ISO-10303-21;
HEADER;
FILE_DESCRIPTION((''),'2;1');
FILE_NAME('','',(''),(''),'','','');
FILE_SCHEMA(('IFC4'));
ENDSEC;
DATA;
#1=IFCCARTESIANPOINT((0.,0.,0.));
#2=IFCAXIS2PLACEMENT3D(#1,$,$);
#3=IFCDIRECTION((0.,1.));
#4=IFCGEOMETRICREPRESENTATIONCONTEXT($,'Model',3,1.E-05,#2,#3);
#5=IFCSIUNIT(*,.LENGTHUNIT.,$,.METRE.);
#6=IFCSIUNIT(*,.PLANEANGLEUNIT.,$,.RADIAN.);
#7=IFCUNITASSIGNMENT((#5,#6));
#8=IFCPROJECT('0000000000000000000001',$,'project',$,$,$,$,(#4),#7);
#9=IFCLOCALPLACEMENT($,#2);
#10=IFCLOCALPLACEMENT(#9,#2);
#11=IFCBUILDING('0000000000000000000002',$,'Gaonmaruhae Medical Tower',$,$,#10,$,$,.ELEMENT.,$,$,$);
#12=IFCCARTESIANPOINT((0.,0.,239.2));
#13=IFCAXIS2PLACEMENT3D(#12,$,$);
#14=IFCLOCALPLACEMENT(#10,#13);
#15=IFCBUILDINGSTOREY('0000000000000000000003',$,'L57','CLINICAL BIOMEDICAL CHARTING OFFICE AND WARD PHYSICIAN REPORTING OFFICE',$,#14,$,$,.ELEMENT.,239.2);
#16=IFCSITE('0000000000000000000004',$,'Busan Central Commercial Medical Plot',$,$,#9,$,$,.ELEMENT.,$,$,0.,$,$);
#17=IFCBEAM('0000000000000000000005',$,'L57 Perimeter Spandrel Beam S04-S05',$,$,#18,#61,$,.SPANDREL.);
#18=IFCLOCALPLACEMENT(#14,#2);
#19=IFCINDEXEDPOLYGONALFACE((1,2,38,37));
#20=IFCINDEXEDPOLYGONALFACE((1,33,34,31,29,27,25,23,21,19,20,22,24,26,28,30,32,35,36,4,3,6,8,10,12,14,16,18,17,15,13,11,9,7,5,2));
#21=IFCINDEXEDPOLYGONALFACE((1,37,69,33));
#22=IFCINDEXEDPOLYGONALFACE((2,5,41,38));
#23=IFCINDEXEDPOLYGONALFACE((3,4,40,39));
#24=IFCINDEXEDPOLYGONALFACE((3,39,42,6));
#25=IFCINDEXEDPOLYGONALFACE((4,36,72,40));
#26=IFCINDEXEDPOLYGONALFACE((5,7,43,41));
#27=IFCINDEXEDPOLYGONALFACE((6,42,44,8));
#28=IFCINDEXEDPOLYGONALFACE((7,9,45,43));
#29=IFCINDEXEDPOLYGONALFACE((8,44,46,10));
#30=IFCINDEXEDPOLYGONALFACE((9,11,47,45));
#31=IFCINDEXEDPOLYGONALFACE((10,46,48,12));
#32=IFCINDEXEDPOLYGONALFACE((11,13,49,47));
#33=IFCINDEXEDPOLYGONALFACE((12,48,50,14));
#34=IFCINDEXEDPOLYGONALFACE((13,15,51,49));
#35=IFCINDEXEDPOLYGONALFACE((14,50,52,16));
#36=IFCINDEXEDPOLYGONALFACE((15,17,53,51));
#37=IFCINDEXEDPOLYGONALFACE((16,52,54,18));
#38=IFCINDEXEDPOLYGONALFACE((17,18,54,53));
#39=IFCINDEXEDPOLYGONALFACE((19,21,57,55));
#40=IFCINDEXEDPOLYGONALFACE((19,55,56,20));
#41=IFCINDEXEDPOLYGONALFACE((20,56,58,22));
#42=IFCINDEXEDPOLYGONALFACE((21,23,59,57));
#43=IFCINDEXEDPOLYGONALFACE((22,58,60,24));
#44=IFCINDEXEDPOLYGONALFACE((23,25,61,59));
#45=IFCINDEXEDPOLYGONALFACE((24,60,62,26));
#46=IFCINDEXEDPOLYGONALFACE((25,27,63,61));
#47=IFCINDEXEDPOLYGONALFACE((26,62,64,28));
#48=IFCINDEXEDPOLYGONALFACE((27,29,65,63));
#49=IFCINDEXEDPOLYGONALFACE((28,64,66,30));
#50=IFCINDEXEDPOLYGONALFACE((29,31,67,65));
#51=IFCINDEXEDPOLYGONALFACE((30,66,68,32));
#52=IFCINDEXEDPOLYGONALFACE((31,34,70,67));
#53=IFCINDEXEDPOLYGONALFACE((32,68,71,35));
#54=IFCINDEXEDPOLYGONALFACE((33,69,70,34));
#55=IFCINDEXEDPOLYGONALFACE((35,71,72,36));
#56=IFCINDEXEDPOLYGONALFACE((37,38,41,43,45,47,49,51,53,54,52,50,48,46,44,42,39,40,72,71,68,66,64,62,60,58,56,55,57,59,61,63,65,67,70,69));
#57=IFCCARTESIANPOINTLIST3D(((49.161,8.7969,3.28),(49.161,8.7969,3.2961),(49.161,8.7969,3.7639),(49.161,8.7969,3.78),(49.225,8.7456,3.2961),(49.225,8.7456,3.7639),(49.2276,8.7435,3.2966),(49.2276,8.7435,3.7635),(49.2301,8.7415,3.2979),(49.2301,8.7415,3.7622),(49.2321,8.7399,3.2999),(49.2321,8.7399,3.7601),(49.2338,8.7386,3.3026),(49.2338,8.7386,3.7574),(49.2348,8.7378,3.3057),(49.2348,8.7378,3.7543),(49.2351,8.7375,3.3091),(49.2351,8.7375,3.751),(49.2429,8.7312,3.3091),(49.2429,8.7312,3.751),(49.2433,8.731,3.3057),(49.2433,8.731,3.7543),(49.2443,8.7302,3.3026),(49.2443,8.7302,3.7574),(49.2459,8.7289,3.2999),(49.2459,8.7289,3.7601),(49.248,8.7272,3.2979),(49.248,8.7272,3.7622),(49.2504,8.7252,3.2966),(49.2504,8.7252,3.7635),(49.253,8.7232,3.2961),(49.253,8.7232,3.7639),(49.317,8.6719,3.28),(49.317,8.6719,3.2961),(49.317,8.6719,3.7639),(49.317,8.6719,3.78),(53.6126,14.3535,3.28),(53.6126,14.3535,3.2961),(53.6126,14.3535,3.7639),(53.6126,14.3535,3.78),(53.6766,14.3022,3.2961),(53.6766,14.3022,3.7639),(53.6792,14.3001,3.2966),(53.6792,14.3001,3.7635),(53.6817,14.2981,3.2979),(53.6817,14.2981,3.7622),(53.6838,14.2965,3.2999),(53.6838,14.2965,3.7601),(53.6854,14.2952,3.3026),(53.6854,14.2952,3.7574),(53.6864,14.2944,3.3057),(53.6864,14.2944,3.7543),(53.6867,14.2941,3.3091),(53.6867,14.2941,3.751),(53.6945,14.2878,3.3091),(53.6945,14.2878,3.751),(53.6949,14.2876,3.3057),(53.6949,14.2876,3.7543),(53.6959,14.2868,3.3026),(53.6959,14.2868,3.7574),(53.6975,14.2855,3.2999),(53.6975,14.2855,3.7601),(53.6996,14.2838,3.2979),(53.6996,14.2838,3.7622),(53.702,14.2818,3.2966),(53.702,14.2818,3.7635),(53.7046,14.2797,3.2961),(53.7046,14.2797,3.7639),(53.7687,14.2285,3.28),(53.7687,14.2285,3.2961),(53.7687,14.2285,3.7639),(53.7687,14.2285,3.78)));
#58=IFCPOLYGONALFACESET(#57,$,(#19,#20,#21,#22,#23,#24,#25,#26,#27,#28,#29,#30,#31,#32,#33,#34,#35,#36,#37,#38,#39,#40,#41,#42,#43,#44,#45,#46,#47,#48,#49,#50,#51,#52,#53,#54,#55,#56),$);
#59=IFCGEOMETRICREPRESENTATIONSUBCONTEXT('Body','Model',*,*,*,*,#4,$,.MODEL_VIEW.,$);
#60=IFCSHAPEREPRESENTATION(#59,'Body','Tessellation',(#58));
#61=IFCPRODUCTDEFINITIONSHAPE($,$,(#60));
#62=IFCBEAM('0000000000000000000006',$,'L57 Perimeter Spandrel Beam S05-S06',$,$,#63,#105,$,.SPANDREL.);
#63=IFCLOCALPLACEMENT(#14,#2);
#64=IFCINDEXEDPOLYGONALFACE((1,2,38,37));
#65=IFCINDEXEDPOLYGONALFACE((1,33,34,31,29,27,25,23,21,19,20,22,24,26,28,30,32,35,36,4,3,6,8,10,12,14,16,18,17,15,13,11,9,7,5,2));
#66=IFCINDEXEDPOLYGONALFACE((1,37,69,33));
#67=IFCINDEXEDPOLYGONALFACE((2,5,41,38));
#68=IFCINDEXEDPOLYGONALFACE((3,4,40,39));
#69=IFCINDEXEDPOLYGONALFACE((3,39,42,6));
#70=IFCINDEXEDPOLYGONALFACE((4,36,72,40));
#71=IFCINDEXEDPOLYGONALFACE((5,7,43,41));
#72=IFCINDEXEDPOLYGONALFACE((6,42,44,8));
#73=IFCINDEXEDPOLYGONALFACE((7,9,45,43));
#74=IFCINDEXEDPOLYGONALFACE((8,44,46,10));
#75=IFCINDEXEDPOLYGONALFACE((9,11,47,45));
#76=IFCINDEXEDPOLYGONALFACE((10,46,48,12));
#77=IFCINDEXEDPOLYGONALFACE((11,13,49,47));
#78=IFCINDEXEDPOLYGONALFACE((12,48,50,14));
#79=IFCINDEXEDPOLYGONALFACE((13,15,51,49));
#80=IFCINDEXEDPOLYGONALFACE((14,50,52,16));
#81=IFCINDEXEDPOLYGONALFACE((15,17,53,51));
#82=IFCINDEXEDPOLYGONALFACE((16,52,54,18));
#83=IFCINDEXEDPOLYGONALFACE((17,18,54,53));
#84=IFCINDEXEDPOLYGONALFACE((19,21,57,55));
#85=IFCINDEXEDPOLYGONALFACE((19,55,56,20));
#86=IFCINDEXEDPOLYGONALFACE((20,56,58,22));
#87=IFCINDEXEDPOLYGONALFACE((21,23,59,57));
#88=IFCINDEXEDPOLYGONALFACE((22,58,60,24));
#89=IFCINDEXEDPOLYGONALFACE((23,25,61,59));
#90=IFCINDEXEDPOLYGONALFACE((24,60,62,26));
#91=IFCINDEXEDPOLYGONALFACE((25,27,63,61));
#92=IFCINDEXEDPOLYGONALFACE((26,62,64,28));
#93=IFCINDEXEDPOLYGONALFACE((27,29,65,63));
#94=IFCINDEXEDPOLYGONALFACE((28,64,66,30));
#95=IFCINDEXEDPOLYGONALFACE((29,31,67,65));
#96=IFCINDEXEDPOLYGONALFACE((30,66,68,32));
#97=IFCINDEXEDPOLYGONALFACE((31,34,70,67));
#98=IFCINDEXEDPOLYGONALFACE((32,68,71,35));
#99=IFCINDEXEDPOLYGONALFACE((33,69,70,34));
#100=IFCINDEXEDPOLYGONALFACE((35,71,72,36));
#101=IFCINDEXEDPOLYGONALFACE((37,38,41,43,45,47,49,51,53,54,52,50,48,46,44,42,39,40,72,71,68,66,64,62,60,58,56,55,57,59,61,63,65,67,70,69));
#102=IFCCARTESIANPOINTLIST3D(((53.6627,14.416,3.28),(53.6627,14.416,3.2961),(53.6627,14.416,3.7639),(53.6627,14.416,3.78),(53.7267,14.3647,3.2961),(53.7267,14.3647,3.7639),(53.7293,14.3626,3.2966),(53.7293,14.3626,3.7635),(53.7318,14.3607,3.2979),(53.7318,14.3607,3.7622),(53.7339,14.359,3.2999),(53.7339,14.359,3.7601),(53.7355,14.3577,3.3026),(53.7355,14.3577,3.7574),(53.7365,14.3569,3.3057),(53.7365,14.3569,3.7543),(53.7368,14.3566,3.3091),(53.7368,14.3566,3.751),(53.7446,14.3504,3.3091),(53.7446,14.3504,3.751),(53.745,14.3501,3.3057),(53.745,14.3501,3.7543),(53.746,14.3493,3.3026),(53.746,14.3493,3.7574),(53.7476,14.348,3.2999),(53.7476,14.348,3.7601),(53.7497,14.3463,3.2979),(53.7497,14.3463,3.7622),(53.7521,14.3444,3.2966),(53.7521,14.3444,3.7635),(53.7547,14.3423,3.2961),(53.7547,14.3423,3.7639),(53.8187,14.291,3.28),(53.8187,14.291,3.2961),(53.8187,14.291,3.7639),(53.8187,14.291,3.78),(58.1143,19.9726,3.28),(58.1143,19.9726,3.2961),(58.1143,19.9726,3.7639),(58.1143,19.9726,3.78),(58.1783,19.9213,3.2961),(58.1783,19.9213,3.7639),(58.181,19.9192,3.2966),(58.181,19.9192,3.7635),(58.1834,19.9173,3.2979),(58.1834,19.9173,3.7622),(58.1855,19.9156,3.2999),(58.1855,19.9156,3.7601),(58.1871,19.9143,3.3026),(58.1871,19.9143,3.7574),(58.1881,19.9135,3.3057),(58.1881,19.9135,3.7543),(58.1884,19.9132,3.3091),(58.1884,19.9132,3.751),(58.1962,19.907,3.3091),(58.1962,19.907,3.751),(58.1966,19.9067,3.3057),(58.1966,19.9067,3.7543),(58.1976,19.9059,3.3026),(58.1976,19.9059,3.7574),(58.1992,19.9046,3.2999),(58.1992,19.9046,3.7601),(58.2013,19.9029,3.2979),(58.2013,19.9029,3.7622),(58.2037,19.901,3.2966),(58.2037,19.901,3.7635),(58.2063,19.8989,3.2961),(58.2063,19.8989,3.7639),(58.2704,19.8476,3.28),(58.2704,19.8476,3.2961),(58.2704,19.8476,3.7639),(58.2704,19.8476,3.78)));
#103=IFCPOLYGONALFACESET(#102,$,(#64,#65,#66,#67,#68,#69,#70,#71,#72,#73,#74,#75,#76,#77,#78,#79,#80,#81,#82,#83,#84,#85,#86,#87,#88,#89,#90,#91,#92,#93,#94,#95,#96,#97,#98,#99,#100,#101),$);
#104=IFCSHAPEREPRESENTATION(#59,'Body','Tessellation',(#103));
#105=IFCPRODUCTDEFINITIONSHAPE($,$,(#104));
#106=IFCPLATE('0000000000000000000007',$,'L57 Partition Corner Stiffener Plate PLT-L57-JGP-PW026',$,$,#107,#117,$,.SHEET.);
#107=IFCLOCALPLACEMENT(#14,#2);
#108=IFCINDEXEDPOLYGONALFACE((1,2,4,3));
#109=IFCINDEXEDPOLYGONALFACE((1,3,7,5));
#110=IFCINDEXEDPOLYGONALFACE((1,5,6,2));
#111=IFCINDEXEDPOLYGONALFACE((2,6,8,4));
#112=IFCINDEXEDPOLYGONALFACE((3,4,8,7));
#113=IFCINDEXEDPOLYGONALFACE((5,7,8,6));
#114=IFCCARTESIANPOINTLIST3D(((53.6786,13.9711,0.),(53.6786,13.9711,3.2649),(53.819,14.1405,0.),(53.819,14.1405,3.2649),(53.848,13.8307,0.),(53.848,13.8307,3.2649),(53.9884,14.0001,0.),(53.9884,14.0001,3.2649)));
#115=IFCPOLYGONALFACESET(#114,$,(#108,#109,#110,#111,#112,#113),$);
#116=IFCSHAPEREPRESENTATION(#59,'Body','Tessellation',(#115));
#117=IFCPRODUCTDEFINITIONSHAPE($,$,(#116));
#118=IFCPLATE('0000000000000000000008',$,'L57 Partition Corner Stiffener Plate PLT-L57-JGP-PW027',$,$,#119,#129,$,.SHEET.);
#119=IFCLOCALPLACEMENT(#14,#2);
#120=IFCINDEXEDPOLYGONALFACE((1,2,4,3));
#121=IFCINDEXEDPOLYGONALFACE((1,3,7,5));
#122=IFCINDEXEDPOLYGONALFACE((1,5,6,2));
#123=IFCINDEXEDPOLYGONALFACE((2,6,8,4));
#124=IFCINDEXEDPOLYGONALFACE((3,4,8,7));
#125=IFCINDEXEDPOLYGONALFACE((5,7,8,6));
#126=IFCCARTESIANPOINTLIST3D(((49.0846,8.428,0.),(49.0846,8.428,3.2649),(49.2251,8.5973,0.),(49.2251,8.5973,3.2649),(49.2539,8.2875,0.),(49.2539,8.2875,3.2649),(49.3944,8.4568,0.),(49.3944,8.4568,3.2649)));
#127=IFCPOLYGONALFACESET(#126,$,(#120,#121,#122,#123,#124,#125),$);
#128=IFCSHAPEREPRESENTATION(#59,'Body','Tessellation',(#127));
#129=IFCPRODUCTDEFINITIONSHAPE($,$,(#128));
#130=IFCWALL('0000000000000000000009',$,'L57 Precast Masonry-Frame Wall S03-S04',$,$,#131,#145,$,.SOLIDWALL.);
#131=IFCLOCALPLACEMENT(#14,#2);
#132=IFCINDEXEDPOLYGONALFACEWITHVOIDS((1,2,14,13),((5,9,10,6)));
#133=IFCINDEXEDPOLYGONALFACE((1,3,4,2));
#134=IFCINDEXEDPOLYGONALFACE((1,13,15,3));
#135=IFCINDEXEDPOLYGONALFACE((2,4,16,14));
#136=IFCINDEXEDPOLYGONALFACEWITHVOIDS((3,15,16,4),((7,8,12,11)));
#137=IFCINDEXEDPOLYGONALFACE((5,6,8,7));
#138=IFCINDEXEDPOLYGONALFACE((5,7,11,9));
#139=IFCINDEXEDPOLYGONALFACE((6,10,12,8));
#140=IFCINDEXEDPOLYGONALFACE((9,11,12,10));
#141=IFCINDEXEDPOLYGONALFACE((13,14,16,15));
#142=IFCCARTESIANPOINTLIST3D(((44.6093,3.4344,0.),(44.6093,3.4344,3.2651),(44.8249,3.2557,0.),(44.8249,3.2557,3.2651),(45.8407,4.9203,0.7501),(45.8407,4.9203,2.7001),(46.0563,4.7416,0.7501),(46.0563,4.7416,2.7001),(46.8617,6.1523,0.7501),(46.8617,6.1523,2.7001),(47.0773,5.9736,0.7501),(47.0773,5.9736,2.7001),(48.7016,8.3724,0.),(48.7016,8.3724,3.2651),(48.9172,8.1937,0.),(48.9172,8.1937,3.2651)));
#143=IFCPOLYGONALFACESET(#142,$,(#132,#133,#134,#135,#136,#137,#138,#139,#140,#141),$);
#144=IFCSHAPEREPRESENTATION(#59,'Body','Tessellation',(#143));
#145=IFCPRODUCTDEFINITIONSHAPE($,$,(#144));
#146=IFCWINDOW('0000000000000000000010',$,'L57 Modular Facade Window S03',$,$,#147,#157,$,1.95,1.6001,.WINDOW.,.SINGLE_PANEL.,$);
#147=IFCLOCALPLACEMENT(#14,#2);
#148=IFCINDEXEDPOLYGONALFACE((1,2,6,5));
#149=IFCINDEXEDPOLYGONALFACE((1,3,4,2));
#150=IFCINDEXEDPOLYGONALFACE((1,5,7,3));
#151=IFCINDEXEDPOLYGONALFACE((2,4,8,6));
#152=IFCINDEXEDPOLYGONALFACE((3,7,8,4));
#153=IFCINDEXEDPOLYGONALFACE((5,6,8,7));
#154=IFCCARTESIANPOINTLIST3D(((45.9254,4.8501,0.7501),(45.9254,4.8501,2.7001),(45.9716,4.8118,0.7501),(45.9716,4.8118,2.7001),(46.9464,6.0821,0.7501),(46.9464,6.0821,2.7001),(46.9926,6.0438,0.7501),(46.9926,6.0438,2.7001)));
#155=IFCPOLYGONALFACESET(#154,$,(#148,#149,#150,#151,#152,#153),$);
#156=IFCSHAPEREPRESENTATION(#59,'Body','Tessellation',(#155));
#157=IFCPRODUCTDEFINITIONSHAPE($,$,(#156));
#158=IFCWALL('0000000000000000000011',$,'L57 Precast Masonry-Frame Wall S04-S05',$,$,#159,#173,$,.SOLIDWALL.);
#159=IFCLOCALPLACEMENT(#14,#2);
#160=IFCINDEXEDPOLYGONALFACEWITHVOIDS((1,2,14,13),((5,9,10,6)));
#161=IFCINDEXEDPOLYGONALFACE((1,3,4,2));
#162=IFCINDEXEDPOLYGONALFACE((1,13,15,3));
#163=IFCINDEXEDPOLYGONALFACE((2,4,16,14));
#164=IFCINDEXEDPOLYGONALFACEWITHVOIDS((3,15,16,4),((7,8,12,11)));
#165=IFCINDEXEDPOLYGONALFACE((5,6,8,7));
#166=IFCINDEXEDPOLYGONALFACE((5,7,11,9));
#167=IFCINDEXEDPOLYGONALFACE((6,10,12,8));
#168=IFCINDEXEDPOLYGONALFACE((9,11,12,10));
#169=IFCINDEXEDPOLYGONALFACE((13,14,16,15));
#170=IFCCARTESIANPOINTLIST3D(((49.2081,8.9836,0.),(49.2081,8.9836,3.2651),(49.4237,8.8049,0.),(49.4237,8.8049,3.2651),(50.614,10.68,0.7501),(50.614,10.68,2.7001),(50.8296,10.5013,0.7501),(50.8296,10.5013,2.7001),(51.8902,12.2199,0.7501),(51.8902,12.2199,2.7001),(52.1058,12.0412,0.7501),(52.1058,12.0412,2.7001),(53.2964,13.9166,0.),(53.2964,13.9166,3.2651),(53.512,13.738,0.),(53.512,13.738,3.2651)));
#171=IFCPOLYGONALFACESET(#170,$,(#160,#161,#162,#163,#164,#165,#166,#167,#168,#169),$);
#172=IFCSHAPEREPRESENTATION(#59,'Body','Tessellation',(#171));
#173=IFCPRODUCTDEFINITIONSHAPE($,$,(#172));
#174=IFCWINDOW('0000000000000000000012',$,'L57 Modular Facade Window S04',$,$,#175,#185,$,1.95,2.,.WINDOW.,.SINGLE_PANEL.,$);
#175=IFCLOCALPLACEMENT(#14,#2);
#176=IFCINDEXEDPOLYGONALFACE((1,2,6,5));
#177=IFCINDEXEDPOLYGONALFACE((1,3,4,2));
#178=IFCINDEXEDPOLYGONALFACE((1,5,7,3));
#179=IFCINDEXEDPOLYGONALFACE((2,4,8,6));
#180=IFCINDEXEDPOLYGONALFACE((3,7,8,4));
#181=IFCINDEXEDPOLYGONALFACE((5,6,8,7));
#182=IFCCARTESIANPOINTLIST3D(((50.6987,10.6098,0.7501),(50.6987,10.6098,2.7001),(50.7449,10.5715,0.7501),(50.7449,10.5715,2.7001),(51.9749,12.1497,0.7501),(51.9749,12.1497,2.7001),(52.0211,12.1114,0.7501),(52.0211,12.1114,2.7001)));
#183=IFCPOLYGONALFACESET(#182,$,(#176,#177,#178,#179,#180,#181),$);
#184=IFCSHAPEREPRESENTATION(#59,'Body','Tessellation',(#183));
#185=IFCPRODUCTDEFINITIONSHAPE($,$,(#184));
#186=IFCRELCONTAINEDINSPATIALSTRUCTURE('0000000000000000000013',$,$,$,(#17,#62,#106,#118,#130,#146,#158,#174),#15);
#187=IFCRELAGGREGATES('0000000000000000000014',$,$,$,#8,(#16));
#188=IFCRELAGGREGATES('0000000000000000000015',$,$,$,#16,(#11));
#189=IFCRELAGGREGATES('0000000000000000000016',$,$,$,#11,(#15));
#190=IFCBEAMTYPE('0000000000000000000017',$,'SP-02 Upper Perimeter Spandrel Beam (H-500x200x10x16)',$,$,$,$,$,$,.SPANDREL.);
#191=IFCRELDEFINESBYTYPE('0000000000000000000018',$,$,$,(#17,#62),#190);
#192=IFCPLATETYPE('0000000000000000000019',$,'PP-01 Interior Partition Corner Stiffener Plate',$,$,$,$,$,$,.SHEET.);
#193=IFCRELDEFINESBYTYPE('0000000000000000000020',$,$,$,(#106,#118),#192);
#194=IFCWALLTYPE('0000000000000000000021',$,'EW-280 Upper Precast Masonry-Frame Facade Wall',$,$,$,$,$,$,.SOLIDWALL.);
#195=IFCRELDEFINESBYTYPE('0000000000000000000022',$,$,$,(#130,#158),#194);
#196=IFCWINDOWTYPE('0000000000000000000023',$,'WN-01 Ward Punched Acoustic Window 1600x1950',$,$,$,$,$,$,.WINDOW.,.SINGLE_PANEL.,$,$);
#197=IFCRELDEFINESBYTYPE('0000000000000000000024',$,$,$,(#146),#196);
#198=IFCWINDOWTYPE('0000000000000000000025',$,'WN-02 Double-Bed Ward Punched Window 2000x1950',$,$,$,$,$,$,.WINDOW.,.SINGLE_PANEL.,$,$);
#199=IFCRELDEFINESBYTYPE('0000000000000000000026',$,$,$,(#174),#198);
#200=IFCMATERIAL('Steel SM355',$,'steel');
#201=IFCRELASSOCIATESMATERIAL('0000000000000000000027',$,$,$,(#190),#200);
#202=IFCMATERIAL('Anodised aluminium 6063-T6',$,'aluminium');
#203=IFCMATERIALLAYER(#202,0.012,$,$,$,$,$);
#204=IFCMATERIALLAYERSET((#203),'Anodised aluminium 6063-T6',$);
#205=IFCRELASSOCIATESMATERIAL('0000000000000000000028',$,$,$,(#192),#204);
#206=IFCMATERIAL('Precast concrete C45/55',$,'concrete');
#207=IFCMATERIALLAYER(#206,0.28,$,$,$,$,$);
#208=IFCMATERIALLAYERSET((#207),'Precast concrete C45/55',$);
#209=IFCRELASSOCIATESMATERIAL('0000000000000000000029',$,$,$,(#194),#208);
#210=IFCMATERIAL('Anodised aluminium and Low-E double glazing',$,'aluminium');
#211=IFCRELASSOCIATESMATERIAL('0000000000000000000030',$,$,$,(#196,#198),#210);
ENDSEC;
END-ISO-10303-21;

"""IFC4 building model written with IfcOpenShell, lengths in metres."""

from ifc_helpers import new_model, si_unit, direction, frame, frame_2d, origin, origin_2d, place, context, subcontext, project, spatial, rectangle, i_section, extrude, material, layer, layer_set, material_profile, profile_set, type_object, element, fill, save


model = new_model("IFC4")

# Units and contexts
model_context = context("Model", 3, precision=1e-05, world=origin(), true_north=direction((0.0, 1.0)))
body_context = subcontext(model_context, "Body", "Model", "MODEL_VIEW")
ifc_project = project(units=[si_unit("LENGTHUNIT", "METRE"), si_unit("PLANEANGLEUNIT", "RADIAN")], contexts=[model_context])

# Site, building, storey
site_placement = place(None, origin())
site = spatial("IfcSite", under=ifc_project, at=site_placement, Name="Busan Central Commercial Medical Plot", CompositionType="ELEMENT", RefElevation=0.0)
building_placement = place(site_placement, origin())
building = spatial("IfcBuilding", under=site, at=building_placement, Name="Gaonmaruhae Medical Tower", CompositionType="ELEMENT")
storey_placement = place(building_placement, frame((0.0, 0.0, 239.2)))
storey = spatial("IfcBuildingStorey", under=building, at=storey_placement, Name="L57", Description="CLINICAL BIOMEDICAL CHARTING OFFICE AND WARD PHYSICIAN REPORTING OFFICE", CompositionType="ELEMENT", Elevation=239.2)

# Beams
ifc_material_1 = material(Name="Steel SM355", Category="steel")
ifc_material_profile_1 = material_profile(ifc_material_1, i_section(OverallWidth=0.2, OverallDepth=0.5, WebThickness=0.01, FlangeThickness=0.0161, FilletRadius=0.0129, at=origin_2d()), Name="H-500x200x10x16")
ifc_profile_set_1 = profile_set([ifc_material_profile_1], Name="Steel SM355")
beam_type_1 = type_object("IfcBeamType", Name="SP-02 Upper Perimeter Spandrel Beam (H-500x200x10x16)", PredefinedType="SPANDREL", material=ifc_profile_set_1)
for number, where, z_axis, x_axis, name in (
    (1, (49.239, 8.7344, 3.53), (0.625239, 0.780434, 0.0), (-0.780434, 0.625239, 0.0), "L57 Perimeter Spandrel Beam S04-S05"),
    (2, (53.7407, 14.3535, 3.53), (0.625239, 0.780434, 0.0), (-0.780434, 0.625239, 0.0), "L57 Perimeter Spandrel Beam S05-S06"),
):
    element("IfcBeam", number, at=place(storey_placement, frame(where, z_axis=z_axis, x_axis=x_axis)), inside=storey, type_object=beam_type_1, Name=name, PredefinedType="SPANDREL", context=body_context, shape_type="SweptSolid", body=[
        extrude(i_section(OverallWidth=0.2, OverallDepth=0.5, WebThickness=0.01, FlangeThickness=0.0161, FilletRadius=0.0129, at=origin_2d()), origin(), (0.0, 0.0, 1.0), 7.1199),
    ])

# Plates
ifc_material_2 = material(Name="Anodised aluminium 6063-T6", Category="aluminium")
ifc_layer_1 = layer(ifc_material_2, 0.012)
ifc_layer_set_1 = layer_set([ifc_layer_1], Name="Anodised aluminium 6063-T6")
plate_type = type_object("IfcPlateType", Name="PP-01 Interior Partition Corner Stiffener Plate", PredefinedType="SHEET", material=ifc_layer_set_1)
for number, where, z_axis, x_axis, name in (
    (3, (53.8335, 13.9856, 0.0), (0.0, 0.0, 1.0), (-0.638311, -0.769778, 0.0), "L57 Partition Corner Stiffener Plate PLT-L57-JGP-PW026"),
    (4, (49.2395, 8.4424, 0.0), (0.0, 0.0, 1.0), (-0.638566, -0.769567, 0.0), "L57 Partition Corner Stiffener Plate PLT-L57-JGP-PW027"),
):
    element("IfcPlate", number, at=place(storey_placement, frame(where, z_axis=z_axis, x_axis=x_axis)), inside=storey, type_object=plate_type, Name=name, PredefinedType="SHEET", context=body_context, shape_type="SweptSolid", body=[
        extrude(rectangle(XDim=0.22, YDim=0.22, at=origin_2d()), origin(), (0.0, 0.0, 1.0), 3.2649),
    ])

# Walls, openings, windows
ifc_material_3 = material(Name="Precast concrete C45/55", Category="concrete")
ifc_layer_2 = layer(ifc_material_3, 0.28)
ifc_layer_set_2 = layer_set([ifc_layer_2], Name="Precast concrete C45/55")
wall_type_1 = type_object("IfcWallType", Name="EW-280 Upper Precast Masonry-Frame Facade Wall", PredefinedType="SOLIDWALL", material=ifc_layer_set_2)
wall_1_placement = place(storey_placement, frame((48.8093, 8.283, 0.0), z_axis=(0.0, 0.0, 1.0), x_axis=(-0.638093, -0.76996, 0.0)))
wall_1 = element("IfcWall", 5, at=wall_1_placement, inside=storey, type_object=wall_type_1, Name="L57 Precast Masonry-Frame Wall S03-S04", PredefinedType="SOLIDWALL", context=body_context, shape_type="SweptSolid", body=[
    extrude(rectangle(XDim=6.4133, YDim=0.28, at=frame_2d((3.2065, 0.0))), origin(), (0.0, 0.0, 1.0), 3.2651),
])
opening_1_placement = place(wall_1_placement, frame((2.8833, 0.0, 0.75)))
opening_1 = element("IfcOpeningElement", 6, at=opening_1_placement, cuts=wall_1, PredefinedType="OPENING", context=body_context, shape_type="SweptSolid", body=[
    extrude(rectangle(XDim=1.6001, YDim=1.95, at=frame_2d((0.8, 0.9751))), frame((0.0, 0.1499, 0.0), z_axis=(0.0, -1.0, 0.0), x_axis=(1.0, 0.0, 0.0)), (0.0, 0.0, 1.0), 0.3),
])
ifc_material_4 = material(Name="Anodised aluminium and Low-E double glazing", Category="aluminium")
window_type_1 = type_object("IfcWindowType", Name="WN-01 Ward Punched Acoustic Window 1600x1950", PartitioningType="SINGLE_PANEL", PredefinedType="WINDOW", material=ifc_material_4)
window_1_placement = place(opening_1_placement, origin())
window_1 = element("IfcWindow", 7, at=window_1_placement, inside=storey, type_object=window_type_1, Name="L57 Modular Facade Window S03", OverallHeight=1.95, OverallWidth=1.6001, PartitioningType="SINGLE_PANEL", PredefinedType="WINDOW", context=body_context, shape_type="SweptSolid", body=[
    extrude(rectangle(XDim=1.6001, YDim=1.95, at=frame_2d((0.8, 0.9751))), frame((0.0, 0.03, 0.0), z_axis=(0.0, -1.0, 0.0), x_axis=(1.0, 0.0, 0.0)), (0.0, 0.0, 1.0), 0.0601),
])
fill(opening_1, window_1)
wall_2_placement = place(storey_placement, frame((53.4043, 13.8274, 0.0), z_axis=(0.0, 0.0, 1.0), x_axis=(-0.638106, -0.769949, 0.0)))
wall_2 = element("IfcWall", 8, at=wall_2_placement, inside=storey, type_object=wall_type_1, Name="L57 Precast Masonry-Frame Wall S04-S05", PredefinedType="SOLIDWALL", context=body_context, shape_type="SweptSolid", body=[
    extrude(rectangle(XDim=6.407, YDim=0.28, at=frame_2d((3.2036, 0.0))), origin(), (0.0, 0.0, 1.0), 3.2651),
])
opening_2_placement = place(wall_2_placement, frame((2.2039, 0.0, 0.75)))
opening_2 = element("IfcOpeningElement", 9, at=opening_2_placement, cuts=wall_2, PredefinedType="OPENING", context=body_context, shape_type="SweptSolid", body=[
    extrude(rectangle(XDim=2.0, YDim=1.95, at=frame_2d((1.0, 0.9751))), frame((0.0, 0.1499, 0.0), z_axis=(0.0, -1.0, 0.0), x_axis=(1.0, 0.0, 0.0)), (0.0, 0.0, 1.0), 0.3),
])
window_type_2 = type_object("IfcWindowType", Name="WN-02 Double-Bed Ward Punched Window 2000x1950", PartitioningType="SINGLE_PANEL", PredefinedType="WINDOW", material=ifc_material_4)
window_2_placement = place(opening_2_placement, origin())
window_2 = element("IfcWindow", 10, at=window_2_placement, inside=storey, type_object=window_type_2, Name="L57 Modular Facade Window S04", OverallHeight=1.95, OverallWidth=2.0, PartitioningType="SINGLE_PANEL", PredefinedType="WINDOW", context=body_context, shape_type="SweptSolid", body=[
    extrude(rectangle(XDim=2.0, YDim=1.95, at=frame_2d((1.0, 0.9751))), frame((0.0, 0.03, 0.0), z_axis=(0.0, -1.0, 0.0), x_axis=(1.0, 0.0, 0.0)), (0.0, 0.0, 1.0), 0.0601),
])
fill(opening_2, window_2)

save(model, "model.ifc")
